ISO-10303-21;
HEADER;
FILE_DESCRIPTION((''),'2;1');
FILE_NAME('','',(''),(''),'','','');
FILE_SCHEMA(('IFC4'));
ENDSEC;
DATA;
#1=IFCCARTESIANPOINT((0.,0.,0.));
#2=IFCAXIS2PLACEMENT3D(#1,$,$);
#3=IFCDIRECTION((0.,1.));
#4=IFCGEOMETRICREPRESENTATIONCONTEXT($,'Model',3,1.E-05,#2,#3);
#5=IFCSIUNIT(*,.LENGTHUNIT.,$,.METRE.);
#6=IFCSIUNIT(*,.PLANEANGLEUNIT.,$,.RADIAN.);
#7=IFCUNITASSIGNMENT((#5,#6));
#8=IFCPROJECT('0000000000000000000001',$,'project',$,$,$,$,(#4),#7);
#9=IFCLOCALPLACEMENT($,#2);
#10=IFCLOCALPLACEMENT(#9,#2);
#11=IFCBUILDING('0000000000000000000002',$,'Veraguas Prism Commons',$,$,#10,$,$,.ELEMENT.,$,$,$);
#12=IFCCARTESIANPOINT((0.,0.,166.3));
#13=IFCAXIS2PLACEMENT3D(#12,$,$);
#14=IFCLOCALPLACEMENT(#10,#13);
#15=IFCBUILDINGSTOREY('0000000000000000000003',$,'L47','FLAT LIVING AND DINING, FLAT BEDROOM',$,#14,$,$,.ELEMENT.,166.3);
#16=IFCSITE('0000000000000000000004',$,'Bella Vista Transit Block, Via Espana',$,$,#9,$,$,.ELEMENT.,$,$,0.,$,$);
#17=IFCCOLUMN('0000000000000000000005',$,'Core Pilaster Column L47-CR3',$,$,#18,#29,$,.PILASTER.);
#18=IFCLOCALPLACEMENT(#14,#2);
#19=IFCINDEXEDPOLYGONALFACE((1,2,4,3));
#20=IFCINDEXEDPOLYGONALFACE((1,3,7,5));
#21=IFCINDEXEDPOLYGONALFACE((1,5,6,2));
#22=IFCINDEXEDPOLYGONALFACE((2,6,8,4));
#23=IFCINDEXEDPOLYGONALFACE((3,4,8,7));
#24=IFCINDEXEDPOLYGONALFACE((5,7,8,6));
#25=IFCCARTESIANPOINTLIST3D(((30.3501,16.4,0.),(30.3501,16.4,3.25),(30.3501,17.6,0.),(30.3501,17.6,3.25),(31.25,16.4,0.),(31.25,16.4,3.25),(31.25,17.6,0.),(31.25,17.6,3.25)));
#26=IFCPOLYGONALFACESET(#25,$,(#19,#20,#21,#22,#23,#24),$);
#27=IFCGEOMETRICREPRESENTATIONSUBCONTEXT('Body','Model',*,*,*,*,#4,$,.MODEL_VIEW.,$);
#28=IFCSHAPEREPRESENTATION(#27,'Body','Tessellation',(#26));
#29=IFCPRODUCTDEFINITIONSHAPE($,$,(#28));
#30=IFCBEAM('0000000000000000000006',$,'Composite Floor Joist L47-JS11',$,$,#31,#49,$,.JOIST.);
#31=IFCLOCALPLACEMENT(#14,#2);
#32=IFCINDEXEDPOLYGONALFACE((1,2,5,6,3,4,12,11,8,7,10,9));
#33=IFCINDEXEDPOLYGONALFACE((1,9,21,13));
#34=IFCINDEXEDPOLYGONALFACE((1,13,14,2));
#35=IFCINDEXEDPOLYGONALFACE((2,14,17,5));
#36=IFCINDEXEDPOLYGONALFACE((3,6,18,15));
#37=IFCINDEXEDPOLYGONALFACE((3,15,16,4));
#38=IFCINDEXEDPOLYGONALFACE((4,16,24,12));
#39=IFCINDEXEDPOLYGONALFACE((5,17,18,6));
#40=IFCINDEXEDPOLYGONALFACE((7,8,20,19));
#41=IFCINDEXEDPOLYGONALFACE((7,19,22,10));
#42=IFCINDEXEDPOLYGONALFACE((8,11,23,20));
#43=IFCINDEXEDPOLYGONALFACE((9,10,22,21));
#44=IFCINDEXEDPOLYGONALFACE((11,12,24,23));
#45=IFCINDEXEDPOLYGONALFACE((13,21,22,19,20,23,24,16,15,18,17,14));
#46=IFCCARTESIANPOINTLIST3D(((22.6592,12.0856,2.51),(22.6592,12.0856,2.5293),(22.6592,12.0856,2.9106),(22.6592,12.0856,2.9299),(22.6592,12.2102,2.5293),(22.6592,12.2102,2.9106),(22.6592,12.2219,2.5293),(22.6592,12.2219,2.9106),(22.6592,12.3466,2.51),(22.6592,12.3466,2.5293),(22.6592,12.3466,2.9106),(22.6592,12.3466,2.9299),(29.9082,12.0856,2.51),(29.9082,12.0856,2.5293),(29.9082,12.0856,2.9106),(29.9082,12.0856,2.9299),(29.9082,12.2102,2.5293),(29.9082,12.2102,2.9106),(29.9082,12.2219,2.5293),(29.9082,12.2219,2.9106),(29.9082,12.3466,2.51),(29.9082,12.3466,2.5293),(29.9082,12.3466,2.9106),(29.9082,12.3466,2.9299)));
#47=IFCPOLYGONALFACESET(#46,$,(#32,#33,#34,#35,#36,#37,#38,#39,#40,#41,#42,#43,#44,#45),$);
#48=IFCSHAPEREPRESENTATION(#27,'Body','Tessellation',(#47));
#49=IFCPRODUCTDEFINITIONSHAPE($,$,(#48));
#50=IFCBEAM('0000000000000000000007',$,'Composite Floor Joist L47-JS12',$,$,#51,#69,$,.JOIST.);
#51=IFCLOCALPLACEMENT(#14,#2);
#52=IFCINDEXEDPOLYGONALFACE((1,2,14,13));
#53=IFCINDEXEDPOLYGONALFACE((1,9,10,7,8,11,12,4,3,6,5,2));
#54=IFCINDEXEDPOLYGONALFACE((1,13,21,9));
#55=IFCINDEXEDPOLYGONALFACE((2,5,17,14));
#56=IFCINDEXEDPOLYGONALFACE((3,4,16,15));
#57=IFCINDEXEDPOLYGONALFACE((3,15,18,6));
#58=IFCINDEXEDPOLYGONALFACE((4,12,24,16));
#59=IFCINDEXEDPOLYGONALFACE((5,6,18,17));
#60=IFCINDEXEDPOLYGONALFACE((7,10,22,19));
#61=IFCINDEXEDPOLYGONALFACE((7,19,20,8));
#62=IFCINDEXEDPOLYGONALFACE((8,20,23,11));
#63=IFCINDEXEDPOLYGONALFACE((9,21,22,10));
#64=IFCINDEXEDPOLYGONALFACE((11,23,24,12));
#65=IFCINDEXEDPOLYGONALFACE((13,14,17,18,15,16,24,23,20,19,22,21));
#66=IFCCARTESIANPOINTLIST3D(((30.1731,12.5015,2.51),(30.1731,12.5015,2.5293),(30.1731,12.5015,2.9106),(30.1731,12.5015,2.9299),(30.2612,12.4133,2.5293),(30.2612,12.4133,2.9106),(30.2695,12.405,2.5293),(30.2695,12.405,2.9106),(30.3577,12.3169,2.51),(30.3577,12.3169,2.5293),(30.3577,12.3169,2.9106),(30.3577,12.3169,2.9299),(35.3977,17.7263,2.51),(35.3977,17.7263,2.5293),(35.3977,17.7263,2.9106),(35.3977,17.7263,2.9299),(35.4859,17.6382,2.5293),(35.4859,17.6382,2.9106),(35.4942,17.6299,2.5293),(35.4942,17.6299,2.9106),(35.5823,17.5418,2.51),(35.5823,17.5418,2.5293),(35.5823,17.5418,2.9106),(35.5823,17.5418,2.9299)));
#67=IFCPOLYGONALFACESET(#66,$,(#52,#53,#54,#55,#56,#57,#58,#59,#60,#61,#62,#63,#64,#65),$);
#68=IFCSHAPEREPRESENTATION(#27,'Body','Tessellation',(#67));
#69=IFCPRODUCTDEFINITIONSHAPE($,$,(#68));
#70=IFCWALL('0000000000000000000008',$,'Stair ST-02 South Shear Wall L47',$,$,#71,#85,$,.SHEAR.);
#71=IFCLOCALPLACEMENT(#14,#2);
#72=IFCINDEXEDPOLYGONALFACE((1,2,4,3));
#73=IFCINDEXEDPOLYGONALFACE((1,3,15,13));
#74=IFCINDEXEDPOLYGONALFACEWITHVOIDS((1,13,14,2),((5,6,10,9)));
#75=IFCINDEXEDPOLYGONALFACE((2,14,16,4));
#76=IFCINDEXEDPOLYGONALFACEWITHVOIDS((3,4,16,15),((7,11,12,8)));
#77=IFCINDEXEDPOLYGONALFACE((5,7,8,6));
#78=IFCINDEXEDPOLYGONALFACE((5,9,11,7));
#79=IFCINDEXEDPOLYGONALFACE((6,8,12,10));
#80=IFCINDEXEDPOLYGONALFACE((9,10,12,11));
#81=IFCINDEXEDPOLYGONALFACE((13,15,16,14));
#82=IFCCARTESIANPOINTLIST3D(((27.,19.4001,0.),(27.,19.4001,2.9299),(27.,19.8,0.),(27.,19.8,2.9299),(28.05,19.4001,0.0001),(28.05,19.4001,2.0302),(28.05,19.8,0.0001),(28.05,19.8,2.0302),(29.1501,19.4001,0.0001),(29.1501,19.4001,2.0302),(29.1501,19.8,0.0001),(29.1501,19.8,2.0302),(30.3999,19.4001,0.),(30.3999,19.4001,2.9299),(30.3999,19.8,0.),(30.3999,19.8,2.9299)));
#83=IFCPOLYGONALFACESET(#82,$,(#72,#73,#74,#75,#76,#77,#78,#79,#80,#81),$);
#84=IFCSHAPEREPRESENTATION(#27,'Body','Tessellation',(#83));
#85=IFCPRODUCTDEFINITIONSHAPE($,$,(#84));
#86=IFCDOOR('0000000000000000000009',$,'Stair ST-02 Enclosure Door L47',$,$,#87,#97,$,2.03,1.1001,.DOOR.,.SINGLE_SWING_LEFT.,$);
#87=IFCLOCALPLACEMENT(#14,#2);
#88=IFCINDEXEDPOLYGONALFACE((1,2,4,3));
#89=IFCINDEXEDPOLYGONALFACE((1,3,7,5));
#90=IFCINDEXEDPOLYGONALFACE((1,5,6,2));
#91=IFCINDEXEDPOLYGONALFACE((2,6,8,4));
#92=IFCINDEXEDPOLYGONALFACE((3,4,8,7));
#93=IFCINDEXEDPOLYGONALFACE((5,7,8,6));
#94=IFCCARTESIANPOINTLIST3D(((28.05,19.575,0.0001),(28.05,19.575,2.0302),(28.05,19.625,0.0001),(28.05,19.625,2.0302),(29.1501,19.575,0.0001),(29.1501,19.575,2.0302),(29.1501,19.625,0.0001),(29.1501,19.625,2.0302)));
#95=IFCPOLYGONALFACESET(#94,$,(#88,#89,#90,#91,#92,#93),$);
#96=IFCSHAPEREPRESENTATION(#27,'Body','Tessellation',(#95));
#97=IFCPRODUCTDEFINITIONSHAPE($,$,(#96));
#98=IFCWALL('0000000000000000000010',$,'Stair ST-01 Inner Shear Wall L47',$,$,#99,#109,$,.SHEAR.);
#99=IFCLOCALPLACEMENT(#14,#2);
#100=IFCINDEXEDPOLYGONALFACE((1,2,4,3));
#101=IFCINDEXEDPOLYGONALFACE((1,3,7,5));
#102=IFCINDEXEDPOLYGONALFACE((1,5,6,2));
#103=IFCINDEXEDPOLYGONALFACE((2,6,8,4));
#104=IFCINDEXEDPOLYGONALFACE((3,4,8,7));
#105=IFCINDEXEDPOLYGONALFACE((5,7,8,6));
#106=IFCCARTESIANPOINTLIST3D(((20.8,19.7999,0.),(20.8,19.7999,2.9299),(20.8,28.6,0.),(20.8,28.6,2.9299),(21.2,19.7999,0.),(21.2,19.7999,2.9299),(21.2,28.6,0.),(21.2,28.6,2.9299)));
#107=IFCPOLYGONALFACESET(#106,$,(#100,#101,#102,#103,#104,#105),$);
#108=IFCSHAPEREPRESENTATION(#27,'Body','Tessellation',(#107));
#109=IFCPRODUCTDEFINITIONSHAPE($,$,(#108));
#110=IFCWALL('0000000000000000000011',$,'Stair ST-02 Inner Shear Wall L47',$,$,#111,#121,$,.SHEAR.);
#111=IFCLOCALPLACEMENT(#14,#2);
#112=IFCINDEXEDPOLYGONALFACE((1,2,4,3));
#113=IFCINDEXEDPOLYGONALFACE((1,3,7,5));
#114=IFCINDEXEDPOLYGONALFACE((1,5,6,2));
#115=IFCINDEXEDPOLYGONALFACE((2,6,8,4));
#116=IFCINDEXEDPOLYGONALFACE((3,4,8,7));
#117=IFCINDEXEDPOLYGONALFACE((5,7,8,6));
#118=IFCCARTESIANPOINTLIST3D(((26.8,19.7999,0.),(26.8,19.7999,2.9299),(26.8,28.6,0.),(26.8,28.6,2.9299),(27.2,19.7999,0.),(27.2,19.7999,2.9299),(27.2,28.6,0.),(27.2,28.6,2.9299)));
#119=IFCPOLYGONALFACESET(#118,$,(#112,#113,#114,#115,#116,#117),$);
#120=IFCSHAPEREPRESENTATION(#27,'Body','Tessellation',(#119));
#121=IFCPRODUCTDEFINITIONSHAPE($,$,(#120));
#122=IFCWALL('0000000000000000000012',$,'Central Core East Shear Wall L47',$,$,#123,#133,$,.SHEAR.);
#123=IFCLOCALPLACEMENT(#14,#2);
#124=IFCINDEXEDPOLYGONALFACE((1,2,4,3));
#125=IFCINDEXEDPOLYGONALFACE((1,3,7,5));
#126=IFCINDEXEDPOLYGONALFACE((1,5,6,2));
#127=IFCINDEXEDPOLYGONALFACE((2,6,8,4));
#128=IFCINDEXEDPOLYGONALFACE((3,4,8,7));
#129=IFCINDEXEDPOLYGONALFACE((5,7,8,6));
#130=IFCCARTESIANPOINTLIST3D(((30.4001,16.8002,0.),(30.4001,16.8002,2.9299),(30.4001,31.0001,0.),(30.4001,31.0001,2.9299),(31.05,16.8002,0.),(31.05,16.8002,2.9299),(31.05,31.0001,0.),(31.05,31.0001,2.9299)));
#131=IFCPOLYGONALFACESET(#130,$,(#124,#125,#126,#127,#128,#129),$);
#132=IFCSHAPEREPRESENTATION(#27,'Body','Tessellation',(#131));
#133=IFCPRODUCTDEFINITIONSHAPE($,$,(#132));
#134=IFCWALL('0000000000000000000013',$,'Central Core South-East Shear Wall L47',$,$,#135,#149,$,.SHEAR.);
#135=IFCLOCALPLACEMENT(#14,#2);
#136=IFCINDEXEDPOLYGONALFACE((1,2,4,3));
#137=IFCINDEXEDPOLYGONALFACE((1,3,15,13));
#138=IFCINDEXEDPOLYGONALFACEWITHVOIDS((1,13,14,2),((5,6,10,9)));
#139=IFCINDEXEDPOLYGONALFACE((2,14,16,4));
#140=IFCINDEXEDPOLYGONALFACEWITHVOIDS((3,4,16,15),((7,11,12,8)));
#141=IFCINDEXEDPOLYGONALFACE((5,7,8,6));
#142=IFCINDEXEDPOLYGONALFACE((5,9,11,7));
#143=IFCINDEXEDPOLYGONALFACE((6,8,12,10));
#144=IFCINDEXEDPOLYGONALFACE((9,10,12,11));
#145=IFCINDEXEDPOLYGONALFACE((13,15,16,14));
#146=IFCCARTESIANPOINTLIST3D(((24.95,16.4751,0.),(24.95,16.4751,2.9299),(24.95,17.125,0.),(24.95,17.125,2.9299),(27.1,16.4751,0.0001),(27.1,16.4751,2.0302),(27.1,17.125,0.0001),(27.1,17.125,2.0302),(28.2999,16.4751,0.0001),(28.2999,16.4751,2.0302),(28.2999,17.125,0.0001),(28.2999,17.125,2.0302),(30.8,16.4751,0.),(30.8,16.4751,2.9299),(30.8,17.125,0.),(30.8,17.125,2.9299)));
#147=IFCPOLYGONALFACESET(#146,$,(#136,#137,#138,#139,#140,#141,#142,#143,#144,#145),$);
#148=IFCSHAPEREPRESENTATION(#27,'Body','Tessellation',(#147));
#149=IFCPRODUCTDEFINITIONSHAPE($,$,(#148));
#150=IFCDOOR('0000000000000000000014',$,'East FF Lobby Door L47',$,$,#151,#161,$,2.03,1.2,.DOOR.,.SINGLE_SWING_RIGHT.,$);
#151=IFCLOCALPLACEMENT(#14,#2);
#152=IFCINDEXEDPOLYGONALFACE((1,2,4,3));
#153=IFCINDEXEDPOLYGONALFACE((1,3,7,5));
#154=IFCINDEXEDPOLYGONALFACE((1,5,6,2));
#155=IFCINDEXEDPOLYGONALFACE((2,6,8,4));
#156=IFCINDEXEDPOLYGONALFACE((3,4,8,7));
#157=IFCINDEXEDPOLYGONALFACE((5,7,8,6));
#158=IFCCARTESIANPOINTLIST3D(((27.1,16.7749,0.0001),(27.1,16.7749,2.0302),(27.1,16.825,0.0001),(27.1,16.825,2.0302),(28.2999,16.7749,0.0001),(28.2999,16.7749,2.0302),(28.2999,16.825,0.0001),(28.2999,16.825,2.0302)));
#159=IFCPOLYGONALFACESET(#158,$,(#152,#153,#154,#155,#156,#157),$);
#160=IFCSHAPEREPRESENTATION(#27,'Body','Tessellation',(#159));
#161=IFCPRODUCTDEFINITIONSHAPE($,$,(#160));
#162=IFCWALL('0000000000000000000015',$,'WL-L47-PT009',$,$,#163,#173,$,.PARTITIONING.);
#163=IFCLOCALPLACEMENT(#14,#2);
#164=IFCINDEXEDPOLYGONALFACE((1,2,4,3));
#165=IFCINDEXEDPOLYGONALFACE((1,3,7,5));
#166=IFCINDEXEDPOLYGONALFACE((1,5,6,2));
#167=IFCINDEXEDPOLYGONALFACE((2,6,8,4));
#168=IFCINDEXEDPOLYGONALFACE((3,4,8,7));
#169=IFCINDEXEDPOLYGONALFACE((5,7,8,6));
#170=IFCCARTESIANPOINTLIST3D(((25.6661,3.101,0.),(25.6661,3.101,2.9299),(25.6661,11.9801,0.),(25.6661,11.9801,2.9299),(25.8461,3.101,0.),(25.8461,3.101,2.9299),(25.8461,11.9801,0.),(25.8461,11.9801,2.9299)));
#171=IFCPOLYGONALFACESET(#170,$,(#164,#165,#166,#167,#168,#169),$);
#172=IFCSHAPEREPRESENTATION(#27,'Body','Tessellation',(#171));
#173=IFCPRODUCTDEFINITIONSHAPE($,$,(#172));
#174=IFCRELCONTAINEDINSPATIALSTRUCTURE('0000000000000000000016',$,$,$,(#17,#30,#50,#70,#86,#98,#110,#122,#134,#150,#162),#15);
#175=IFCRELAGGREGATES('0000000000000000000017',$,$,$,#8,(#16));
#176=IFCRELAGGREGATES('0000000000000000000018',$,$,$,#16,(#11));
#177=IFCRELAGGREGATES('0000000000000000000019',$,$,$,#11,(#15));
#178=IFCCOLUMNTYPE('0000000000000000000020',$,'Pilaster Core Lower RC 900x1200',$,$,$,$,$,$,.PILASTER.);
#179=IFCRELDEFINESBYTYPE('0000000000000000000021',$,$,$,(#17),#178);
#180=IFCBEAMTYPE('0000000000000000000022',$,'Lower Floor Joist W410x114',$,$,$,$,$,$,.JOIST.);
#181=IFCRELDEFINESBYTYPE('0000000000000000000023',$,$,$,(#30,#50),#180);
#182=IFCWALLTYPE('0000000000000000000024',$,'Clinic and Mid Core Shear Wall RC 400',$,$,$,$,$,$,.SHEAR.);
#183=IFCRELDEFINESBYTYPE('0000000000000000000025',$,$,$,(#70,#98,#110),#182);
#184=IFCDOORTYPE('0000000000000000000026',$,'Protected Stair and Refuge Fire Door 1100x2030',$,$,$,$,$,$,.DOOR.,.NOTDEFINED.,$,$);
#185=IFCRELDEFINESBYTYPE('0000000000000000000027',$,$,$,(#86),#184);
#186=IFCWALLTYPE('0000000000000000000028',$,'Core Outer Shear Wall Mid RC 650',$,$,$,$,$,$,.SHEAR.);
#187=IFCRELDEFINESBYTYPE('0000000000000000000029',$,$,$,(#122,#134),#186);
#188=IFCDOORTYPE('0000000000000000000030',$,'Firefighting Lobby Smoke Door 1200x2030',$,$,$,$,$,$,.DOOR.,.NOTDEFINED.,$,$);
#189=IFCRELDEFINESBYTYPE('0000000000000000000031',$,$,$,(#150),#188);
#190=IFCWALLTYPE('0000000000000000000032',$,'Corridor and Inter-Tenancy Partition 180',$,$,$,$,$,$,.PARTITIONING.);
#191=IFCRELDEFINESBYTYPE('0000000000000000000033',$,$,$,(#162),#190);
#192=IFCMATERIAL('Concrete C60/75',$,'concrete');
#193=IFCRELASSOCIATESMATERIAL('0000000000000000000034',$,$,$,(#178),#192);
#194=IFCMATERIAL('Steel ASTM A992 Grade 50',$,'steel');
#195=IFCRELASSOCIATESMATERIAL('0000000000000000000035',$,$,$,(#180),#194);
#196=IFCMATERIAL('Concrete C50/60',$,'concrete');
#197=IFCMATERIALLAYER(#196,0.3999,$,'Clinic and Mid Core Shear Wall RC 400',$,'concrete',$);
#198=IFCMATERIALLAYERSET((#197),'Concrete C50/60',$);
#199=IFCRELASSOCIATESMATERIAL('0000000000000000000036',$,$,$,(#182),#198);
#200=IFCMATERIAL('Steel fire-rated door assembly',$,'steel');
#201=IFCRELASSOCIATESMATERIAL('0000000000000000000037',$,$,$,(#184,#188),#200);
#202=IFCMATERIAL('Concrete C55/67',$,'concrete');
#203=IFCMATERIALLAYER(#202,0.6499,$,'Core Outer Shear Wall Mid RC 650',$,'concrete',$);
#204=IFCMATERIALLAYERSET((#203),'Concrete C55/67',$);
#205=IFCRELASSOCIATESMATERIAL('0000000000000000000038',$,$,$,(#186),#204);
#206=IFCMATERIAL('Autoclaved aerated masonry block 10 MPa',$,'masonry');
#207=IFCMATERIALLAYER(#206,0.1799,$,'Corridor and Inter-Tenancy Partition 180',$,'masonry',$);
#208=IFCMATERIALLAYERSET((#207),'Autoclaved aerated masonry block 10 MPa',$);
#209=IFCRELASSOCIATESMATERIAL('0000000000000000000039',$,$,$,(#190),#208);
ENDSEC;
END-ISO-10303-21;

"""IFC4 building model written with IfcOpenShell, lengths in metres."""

from ifc_helpers import new_model, si_unit, direction, frame, frame_2d, origin, origin_2d, place, context, subcontext, project, spatial, rectangle, i_section, extrude, source, transform, mapped, material, layer, layer_set, material_profile, profile_set, type_object, element, fill, save


model = new_model("IFC4")

# Units and contexts
model_context = context("Model", 3, precision=1e-05, world=origin(), true_north=direction((0.0, 1.0)))
body_context = subcontext(model_context, "Body", "Model", "MODEL_VIEW")
ifc_project = project(units=[si_unit("LENGTHUNIT", "METRE"), si_unit("PLANEANGLEUNIT", "RADIAN")], contexts=[model_context])

# Site, building, storey
site_placement = place(None, origin())
site = spatial("IfcSite", under=ifc_project, at=site_placement, Name="Bella Vista Transit Block, Via Espana", CompositionType="ELEMENT", RefElevation=0.0)
building_placement = place(site_placement, origin())
building = spatial("IfcBuilding", under=site, at=building_placement, Name="Veraguas Prism Commons", CompositionType="ELEMENT")
storey_placement = place(building_placement, frame((0.0, 0.0, 166.3)))
storey = spatial("IfcBuildingStorey", under=building, at=storey_placement, Name="L47", Description="FLAT LIVING AND DINING, FLAT BEDROOM", CompositionType="ELEMENT", Elevation=166.3)

# Column
ifc_material_1 = material(Name="Concrete C60/75", Category="concrete")
ifc_material_profile_1 = material_profile(ifc_material_1, rectangle(XDim=0.8999, YDim=1.2, at=origin_2d()), Name="RC900X1200")
ifc_profile_set_1 = profile_set([ifc_material_profile_1], Name="Concrete C60/75")
column_type = type_object("IfcColumnType", Name="Pilaster Core Lower RC 900x1200", PredefinedType="PILASTER", material=ifc_profile_set_1)
column_placement = place(storey_placement, frame((30.8, 17.0, 0.0), z_axis=(0.0, 0.0, 1.0), x_axis=(1.0, 0.0, 0.0)))
element("IfcColumn", 1, at=column_placement, inside=storey, type_object=column_type, Name="Core Pilaster Column L47-CR3", PredefinedType="PILASTER", context=body_context, shape_type="SweptSolid", body=[
    extrude(rectangle(XDim=0.8999, YDim=1.2, at=origin_2d()), origin(), (0.0, 0.0, 1.0), 3.25),
])

# Beams
ifc_material_2 = material(Name="Steel ASTM A992 Grade 50", Category="steel")
ifc_material_profile_2 = material_profile(ifc_material_2, i_section(OverallWidth=0.261, OverallDepth=0.4199, WebThickness=0.0117, FlangeThickness=0.0193, at=origin_2d()), Name="W410X114")
ifc_profile_set_2 = profile_set([ifc_material_profile_2], Name="Steel ASTM A992 Grade 50")
beam_type = type_object("IfcBeamType", Name="Lower Floor Joist W410x114", PredefinedType="JOIST", material=ifc_profile_set_2)
beam_1_placement = place(storey_placement, frame((22.6592, 12.2161, 2.72), z_axis=(1.0, 0.0, 0.0), x_axis=(0.0, 1.0, 0.0)))
element("IfcBeam", 2, at=beam_1_placement, inside=storey, type_object=beam_type, Name="Composite Floor Joist L47-JS11", PredefinedType="JOIST", context=body_context, shape_type="SweptSolid", body=[
    extrude(i_section(OverallWidth=0.261, OverallDepth=0.4199, WebThickness=0.0117, FlangeThickness=0.0193, at=origin_2d()), origin(), (0.0, 0.0, 1.0), 7.249),
])
beam_2_placement = place(storey_placement, frame((30.2654, 12.4092, 2.72), z_axis=(0.70709, 0.707123, 0.0), x_axis=(-0.707123, 0.70709, 0.0)))
element("IfcBeam", 3, at=beam_2_placement, inside=storey, type_object=beam_type, Name="Composite Floor Joist L47-JS12", PredefinedType="JOIST", context=body_context, shape_type="SweptSolid", body=[
    extrude(i_section(OverallWidth=0.261, OverallDepth=0.4199, WebThickness=0.0117, FlangeThickness=0.0193, at=origin_2d()), origin(), (0.0, 0.0, 1.0), 7.3889),
])

# Wall, opening, door
ifc_material_3 = material(Name="Concrete C50/60", Category="concrete")
ifc_layer_1 = layer(ifc_material_3, 0.3999, Name="Clinic and Mid Core Shear Wall RC 400", Category="concrete")
ifc_layer_set_1 = layer_set([ifc_layer_1], Name="Concrete C50/60")
wall_type_1 = type_object("IfcWallType", Name="Clinic and Mid Core Shear Wall RC 400", PredefinedType="SHEAR", material=ifc_layer_set_1)
wall_1_placement = place(storey_placement, frame((27.0, 19.6001, 0.0), z_axis=(0.0, 0.0, 1.0), x_axis=(1.0, 0.0, 0.0)))
wall_1 = element("IfcWall", 4, at=wall_1_placement, inside=storey, type_object=wall_type_1, Name="Stair ST-02 South Shear Wall L47", PredefinedType="SHEAR", context=body_context, shape_type="SweptSolid", body=[
    extrude(rectangle(XDim=3.3999, YDim=0.3999, at=frame_2d((1.7, 0.0))), origin(), (0.0, 0.0, 1.0), 2.9299),
])
opening_1_placement = place(wall_1_placement, frame((1.05, 0.0, 0.0)))
opening_1 = element("IfcOpeningElement", 5, at=opening_1_placement, cuts=wall_1, PredefinedType="OPENING", context=body_context, shape_type="SweptSolid", body=[
    extrude(rectangle(XDim=1.1001, YDim=2.03, at=frame_2d((0.55, 1.0151))), frame((0.0, 0.21, 0.0), z_axis=(0.0, -1.0, 0.0), x_axis=(1.0, 0.0, 0.0)), (0.0, 0.0, 1.0), 0.4199),
])
ifc_material_4 = material(Name="Steel fire-rated door assembly", Category="steel")
door_type_1 = type_object("IfcDoorType", Name="Protected Stair and Refuge Fire Door 1100x2030", OperationType="NOTDEFINED", PredefinedType="DOOR", material=ifc_material_4)
shared_shape_1 = source(origin(), body_context, "Body", "SweptSolid", [
    extrude(rectangle(XDim=1.1001, YDim=2.03, at=frame_2d((0.55, 1.0151))), frame((0.0, 0.0249, 0.0), z_axis=(0.0, -1.0, 0.0), x_axis=(1.0, 0.0, 0.0)), (0.0, 0.0, 1.0), 0.05),
])
door_1_placement = place(opening_1_placement, origin())
door_1 = element("IfcDoor", 6, at=door_1_placement, inside=storey, type_object=door_type_1, Name="Stair ST-02 Enclosure Door L47", OperationType="SINGLE_SWING_LEFT", OverallHeight=2.03, OverallWidth=1.1001, PredefinedType="DOOR", context=body_context, shape_type="MappedRepresentation", body=[
    mapped(shared_shape_1, transform((0.0, 0.0, 0.0), scale=1.0)),
])
fill(opening_1, door_1)

# Walls
for number, where, z_axis, x_axis, name in (
    (7, (21.0, 19.8, 0.0), (0.0, 0.0, 1.0), (0.0, 1.0, 0.0), "Stair ST-01 Inner Shear Wall L47"),
    (8, (27.0, 19.8, 0.0), (0.0, 0.0, 1.0), (0.0, 1.0, 0.0), "Stair ST-02 Inner Shear Wall L47"),
):
    element("IfcWall", number, at=place(storey_placement, frame(where, z_axis=z_axis, x_axis=x_axis)), inside=storey, type_object=wall_type_1, Name=name, PredefinedType="SHEAR", context=body_context, shape_type="SweptSolid", body=[
        extrude(rectangle(XDim=8.8, YDim=0.3999, at=frame_2d((4.3999, 0.0))), origin(), (0.0, 0.0, 1.0), 2.9299),
    ])
ifc_material_5 = material(Name="Concrete C55/67", Category="concrete")
ifc_layer_2 = layer(ifc_material_5, 0.6499, Name="Core Outer Shear Wall Mid RC 650", Category="concrete")
ifc_layer_set_2 = layer_set([ifc_layer_2], Name="Concrete C55/67")
wall_type_2 = type_object("IfcWallType", Name="Core Outer Shear Wall Mid RC 650", PredefinedType="SHEAR", material=ifc_layer_set_2)
wall_2_placement = place(storey_placement, frame((30.7251, 16.8, 0.0), z_axis=(0.0, 0.0, 1.0), x_axis=(0.0, 1.0, 0.0)))
element("IfcWall", 9, at=wall_2_placement, inside=storey, type_object=wall_type_2, Name="Central Core East Shear Wall L47", PredefinedType="SHEAR", context=body_context, shape_type="SweptSolid", body=[
    extrude(rectangle(XDim=14.2, YDim=0.6499, at=frame_2d((7.1001, 0.0))), origin(), (0.0, 0.0, 1.0), 2.9299),
])

# Wall, opening, door
wall_3_placement = place(storey_placement, frame((24.95, 16.8, 0.0), z_axis=(0.0, 0.0, 1.0), x_axis=(1.0, 0.0, 0.0)))
wall_3 = element("IfcWall", 10, at=wall_3_placement, inside=storey, type_object=wall_type_2, Name="Central Core South-East Shear Wall L47", PredefinedType="SHEAR", context=body_context, shape_type="SweptSolid", body=[
    extrude(rectangle(XDim=5.8501, YDim=0.6499, at=frame_2d((2.925, 0.0))), origin(), (0.0, 0.0, 1.0), 2.9299),
])
opening_2_placement = place(wall_3_placement, frame((2.1499, 0.0, 0.0)))
opening_2 = element("IfcOpeningElement", 11, at=opening_2_placement, cuts=wall_3, PredefinedType="OPENING", context=body_context, shape_type="SweptSolid", body=[
    extrude(rectangle(XDim=1.2, YDim=2.03, at=frame_2d((0.6001, 1.0151))), frame((0.0, 0.335, 0.0), z_axis=(0.0, -1.0, 0.0), x_axis=(1.0, 0.0, 0.0)), (0.0, 0.0, 1.0), 0.6699),
])
door_type_2 = type_object("IfcDoorType", Name="Firefighting Lobby Smoke Door 1200x2030", OperationType="NOTDEFINED", PredefinedType="DOOR", material=ifc_material_4)
shared_shape_2 = source(origin(), body_context, "Body", "SweptSolid", [
    extrude(rectangle(XDim=1.2, YDim=2.03, at=frame_2d((0.6001, 1.0151))), frame((0.0, 0.0249, 0.0), z_axis=(0.0, -1.0, 0.0), x_axis=(1.0, 0.0, 0.0)), (0.0, 0.0, 1.0), 0.05),
])
door_2_placement = place(opening_2_placement, origin())
door_2 = element("IfcDoor", 12, at=door_2_placement, inside=storey, type_object=door_type_2, Name="East FF Lobby Door L47", OperationType="SINGLE_SWING_RIGHT", OverallHeight=2.03, OverallWidth=1.2, PredefinedType="DOOR", context=body_context, shape_type="MappedRepresentation", body=[
    mapped(shared_shape_2, transform((0.0, 0.0, 0.0), scale=1.0)),
])
fill(opening_2, door_2)

# Wall
ifc_material_6 = material(Name="Autoclaved aerated masonry block 10 MPa", Category="masonry")
ifc_layer_3 = layer(ifc_material_6, 0.1799, Name="Corridor and Inter-Tenancy Partition 180", Category="masonry")
ifc_layer_set_3 = layer_set([ifc_layer_3], Name="Autoclaved aerated masonry block 10 MPa")
wall_type_3 = type_object("IfcWallType", Name="Corridor and Inter-Tenancy Partition 180", PredefinedType="PARTITIONING", material=ifc_layer_set_3)
wall_4_placement = place(storey_placement, frame((25.7561, 11.98, 0.0), z_axis=(0.0, 0.0, 1.0), x_axis=(0.0, -1.0, 0.0)))
element("IfcWall", 13, at=wall_4_placement, inside=storey, type_object=wall_type_3, Name="WL-L47-PT009", PredefinedType="PARTITIONING", context=body_context, shape_type="SweptSolid", body=[
    extrude(rectangle(XDim=8.8792, YDim=0.1799, at=frame_2d((4.4395, 0.0))), origin(), (0.0, 0.0, 1.0), 2.9299),
])

save(model, "model.ifc")
